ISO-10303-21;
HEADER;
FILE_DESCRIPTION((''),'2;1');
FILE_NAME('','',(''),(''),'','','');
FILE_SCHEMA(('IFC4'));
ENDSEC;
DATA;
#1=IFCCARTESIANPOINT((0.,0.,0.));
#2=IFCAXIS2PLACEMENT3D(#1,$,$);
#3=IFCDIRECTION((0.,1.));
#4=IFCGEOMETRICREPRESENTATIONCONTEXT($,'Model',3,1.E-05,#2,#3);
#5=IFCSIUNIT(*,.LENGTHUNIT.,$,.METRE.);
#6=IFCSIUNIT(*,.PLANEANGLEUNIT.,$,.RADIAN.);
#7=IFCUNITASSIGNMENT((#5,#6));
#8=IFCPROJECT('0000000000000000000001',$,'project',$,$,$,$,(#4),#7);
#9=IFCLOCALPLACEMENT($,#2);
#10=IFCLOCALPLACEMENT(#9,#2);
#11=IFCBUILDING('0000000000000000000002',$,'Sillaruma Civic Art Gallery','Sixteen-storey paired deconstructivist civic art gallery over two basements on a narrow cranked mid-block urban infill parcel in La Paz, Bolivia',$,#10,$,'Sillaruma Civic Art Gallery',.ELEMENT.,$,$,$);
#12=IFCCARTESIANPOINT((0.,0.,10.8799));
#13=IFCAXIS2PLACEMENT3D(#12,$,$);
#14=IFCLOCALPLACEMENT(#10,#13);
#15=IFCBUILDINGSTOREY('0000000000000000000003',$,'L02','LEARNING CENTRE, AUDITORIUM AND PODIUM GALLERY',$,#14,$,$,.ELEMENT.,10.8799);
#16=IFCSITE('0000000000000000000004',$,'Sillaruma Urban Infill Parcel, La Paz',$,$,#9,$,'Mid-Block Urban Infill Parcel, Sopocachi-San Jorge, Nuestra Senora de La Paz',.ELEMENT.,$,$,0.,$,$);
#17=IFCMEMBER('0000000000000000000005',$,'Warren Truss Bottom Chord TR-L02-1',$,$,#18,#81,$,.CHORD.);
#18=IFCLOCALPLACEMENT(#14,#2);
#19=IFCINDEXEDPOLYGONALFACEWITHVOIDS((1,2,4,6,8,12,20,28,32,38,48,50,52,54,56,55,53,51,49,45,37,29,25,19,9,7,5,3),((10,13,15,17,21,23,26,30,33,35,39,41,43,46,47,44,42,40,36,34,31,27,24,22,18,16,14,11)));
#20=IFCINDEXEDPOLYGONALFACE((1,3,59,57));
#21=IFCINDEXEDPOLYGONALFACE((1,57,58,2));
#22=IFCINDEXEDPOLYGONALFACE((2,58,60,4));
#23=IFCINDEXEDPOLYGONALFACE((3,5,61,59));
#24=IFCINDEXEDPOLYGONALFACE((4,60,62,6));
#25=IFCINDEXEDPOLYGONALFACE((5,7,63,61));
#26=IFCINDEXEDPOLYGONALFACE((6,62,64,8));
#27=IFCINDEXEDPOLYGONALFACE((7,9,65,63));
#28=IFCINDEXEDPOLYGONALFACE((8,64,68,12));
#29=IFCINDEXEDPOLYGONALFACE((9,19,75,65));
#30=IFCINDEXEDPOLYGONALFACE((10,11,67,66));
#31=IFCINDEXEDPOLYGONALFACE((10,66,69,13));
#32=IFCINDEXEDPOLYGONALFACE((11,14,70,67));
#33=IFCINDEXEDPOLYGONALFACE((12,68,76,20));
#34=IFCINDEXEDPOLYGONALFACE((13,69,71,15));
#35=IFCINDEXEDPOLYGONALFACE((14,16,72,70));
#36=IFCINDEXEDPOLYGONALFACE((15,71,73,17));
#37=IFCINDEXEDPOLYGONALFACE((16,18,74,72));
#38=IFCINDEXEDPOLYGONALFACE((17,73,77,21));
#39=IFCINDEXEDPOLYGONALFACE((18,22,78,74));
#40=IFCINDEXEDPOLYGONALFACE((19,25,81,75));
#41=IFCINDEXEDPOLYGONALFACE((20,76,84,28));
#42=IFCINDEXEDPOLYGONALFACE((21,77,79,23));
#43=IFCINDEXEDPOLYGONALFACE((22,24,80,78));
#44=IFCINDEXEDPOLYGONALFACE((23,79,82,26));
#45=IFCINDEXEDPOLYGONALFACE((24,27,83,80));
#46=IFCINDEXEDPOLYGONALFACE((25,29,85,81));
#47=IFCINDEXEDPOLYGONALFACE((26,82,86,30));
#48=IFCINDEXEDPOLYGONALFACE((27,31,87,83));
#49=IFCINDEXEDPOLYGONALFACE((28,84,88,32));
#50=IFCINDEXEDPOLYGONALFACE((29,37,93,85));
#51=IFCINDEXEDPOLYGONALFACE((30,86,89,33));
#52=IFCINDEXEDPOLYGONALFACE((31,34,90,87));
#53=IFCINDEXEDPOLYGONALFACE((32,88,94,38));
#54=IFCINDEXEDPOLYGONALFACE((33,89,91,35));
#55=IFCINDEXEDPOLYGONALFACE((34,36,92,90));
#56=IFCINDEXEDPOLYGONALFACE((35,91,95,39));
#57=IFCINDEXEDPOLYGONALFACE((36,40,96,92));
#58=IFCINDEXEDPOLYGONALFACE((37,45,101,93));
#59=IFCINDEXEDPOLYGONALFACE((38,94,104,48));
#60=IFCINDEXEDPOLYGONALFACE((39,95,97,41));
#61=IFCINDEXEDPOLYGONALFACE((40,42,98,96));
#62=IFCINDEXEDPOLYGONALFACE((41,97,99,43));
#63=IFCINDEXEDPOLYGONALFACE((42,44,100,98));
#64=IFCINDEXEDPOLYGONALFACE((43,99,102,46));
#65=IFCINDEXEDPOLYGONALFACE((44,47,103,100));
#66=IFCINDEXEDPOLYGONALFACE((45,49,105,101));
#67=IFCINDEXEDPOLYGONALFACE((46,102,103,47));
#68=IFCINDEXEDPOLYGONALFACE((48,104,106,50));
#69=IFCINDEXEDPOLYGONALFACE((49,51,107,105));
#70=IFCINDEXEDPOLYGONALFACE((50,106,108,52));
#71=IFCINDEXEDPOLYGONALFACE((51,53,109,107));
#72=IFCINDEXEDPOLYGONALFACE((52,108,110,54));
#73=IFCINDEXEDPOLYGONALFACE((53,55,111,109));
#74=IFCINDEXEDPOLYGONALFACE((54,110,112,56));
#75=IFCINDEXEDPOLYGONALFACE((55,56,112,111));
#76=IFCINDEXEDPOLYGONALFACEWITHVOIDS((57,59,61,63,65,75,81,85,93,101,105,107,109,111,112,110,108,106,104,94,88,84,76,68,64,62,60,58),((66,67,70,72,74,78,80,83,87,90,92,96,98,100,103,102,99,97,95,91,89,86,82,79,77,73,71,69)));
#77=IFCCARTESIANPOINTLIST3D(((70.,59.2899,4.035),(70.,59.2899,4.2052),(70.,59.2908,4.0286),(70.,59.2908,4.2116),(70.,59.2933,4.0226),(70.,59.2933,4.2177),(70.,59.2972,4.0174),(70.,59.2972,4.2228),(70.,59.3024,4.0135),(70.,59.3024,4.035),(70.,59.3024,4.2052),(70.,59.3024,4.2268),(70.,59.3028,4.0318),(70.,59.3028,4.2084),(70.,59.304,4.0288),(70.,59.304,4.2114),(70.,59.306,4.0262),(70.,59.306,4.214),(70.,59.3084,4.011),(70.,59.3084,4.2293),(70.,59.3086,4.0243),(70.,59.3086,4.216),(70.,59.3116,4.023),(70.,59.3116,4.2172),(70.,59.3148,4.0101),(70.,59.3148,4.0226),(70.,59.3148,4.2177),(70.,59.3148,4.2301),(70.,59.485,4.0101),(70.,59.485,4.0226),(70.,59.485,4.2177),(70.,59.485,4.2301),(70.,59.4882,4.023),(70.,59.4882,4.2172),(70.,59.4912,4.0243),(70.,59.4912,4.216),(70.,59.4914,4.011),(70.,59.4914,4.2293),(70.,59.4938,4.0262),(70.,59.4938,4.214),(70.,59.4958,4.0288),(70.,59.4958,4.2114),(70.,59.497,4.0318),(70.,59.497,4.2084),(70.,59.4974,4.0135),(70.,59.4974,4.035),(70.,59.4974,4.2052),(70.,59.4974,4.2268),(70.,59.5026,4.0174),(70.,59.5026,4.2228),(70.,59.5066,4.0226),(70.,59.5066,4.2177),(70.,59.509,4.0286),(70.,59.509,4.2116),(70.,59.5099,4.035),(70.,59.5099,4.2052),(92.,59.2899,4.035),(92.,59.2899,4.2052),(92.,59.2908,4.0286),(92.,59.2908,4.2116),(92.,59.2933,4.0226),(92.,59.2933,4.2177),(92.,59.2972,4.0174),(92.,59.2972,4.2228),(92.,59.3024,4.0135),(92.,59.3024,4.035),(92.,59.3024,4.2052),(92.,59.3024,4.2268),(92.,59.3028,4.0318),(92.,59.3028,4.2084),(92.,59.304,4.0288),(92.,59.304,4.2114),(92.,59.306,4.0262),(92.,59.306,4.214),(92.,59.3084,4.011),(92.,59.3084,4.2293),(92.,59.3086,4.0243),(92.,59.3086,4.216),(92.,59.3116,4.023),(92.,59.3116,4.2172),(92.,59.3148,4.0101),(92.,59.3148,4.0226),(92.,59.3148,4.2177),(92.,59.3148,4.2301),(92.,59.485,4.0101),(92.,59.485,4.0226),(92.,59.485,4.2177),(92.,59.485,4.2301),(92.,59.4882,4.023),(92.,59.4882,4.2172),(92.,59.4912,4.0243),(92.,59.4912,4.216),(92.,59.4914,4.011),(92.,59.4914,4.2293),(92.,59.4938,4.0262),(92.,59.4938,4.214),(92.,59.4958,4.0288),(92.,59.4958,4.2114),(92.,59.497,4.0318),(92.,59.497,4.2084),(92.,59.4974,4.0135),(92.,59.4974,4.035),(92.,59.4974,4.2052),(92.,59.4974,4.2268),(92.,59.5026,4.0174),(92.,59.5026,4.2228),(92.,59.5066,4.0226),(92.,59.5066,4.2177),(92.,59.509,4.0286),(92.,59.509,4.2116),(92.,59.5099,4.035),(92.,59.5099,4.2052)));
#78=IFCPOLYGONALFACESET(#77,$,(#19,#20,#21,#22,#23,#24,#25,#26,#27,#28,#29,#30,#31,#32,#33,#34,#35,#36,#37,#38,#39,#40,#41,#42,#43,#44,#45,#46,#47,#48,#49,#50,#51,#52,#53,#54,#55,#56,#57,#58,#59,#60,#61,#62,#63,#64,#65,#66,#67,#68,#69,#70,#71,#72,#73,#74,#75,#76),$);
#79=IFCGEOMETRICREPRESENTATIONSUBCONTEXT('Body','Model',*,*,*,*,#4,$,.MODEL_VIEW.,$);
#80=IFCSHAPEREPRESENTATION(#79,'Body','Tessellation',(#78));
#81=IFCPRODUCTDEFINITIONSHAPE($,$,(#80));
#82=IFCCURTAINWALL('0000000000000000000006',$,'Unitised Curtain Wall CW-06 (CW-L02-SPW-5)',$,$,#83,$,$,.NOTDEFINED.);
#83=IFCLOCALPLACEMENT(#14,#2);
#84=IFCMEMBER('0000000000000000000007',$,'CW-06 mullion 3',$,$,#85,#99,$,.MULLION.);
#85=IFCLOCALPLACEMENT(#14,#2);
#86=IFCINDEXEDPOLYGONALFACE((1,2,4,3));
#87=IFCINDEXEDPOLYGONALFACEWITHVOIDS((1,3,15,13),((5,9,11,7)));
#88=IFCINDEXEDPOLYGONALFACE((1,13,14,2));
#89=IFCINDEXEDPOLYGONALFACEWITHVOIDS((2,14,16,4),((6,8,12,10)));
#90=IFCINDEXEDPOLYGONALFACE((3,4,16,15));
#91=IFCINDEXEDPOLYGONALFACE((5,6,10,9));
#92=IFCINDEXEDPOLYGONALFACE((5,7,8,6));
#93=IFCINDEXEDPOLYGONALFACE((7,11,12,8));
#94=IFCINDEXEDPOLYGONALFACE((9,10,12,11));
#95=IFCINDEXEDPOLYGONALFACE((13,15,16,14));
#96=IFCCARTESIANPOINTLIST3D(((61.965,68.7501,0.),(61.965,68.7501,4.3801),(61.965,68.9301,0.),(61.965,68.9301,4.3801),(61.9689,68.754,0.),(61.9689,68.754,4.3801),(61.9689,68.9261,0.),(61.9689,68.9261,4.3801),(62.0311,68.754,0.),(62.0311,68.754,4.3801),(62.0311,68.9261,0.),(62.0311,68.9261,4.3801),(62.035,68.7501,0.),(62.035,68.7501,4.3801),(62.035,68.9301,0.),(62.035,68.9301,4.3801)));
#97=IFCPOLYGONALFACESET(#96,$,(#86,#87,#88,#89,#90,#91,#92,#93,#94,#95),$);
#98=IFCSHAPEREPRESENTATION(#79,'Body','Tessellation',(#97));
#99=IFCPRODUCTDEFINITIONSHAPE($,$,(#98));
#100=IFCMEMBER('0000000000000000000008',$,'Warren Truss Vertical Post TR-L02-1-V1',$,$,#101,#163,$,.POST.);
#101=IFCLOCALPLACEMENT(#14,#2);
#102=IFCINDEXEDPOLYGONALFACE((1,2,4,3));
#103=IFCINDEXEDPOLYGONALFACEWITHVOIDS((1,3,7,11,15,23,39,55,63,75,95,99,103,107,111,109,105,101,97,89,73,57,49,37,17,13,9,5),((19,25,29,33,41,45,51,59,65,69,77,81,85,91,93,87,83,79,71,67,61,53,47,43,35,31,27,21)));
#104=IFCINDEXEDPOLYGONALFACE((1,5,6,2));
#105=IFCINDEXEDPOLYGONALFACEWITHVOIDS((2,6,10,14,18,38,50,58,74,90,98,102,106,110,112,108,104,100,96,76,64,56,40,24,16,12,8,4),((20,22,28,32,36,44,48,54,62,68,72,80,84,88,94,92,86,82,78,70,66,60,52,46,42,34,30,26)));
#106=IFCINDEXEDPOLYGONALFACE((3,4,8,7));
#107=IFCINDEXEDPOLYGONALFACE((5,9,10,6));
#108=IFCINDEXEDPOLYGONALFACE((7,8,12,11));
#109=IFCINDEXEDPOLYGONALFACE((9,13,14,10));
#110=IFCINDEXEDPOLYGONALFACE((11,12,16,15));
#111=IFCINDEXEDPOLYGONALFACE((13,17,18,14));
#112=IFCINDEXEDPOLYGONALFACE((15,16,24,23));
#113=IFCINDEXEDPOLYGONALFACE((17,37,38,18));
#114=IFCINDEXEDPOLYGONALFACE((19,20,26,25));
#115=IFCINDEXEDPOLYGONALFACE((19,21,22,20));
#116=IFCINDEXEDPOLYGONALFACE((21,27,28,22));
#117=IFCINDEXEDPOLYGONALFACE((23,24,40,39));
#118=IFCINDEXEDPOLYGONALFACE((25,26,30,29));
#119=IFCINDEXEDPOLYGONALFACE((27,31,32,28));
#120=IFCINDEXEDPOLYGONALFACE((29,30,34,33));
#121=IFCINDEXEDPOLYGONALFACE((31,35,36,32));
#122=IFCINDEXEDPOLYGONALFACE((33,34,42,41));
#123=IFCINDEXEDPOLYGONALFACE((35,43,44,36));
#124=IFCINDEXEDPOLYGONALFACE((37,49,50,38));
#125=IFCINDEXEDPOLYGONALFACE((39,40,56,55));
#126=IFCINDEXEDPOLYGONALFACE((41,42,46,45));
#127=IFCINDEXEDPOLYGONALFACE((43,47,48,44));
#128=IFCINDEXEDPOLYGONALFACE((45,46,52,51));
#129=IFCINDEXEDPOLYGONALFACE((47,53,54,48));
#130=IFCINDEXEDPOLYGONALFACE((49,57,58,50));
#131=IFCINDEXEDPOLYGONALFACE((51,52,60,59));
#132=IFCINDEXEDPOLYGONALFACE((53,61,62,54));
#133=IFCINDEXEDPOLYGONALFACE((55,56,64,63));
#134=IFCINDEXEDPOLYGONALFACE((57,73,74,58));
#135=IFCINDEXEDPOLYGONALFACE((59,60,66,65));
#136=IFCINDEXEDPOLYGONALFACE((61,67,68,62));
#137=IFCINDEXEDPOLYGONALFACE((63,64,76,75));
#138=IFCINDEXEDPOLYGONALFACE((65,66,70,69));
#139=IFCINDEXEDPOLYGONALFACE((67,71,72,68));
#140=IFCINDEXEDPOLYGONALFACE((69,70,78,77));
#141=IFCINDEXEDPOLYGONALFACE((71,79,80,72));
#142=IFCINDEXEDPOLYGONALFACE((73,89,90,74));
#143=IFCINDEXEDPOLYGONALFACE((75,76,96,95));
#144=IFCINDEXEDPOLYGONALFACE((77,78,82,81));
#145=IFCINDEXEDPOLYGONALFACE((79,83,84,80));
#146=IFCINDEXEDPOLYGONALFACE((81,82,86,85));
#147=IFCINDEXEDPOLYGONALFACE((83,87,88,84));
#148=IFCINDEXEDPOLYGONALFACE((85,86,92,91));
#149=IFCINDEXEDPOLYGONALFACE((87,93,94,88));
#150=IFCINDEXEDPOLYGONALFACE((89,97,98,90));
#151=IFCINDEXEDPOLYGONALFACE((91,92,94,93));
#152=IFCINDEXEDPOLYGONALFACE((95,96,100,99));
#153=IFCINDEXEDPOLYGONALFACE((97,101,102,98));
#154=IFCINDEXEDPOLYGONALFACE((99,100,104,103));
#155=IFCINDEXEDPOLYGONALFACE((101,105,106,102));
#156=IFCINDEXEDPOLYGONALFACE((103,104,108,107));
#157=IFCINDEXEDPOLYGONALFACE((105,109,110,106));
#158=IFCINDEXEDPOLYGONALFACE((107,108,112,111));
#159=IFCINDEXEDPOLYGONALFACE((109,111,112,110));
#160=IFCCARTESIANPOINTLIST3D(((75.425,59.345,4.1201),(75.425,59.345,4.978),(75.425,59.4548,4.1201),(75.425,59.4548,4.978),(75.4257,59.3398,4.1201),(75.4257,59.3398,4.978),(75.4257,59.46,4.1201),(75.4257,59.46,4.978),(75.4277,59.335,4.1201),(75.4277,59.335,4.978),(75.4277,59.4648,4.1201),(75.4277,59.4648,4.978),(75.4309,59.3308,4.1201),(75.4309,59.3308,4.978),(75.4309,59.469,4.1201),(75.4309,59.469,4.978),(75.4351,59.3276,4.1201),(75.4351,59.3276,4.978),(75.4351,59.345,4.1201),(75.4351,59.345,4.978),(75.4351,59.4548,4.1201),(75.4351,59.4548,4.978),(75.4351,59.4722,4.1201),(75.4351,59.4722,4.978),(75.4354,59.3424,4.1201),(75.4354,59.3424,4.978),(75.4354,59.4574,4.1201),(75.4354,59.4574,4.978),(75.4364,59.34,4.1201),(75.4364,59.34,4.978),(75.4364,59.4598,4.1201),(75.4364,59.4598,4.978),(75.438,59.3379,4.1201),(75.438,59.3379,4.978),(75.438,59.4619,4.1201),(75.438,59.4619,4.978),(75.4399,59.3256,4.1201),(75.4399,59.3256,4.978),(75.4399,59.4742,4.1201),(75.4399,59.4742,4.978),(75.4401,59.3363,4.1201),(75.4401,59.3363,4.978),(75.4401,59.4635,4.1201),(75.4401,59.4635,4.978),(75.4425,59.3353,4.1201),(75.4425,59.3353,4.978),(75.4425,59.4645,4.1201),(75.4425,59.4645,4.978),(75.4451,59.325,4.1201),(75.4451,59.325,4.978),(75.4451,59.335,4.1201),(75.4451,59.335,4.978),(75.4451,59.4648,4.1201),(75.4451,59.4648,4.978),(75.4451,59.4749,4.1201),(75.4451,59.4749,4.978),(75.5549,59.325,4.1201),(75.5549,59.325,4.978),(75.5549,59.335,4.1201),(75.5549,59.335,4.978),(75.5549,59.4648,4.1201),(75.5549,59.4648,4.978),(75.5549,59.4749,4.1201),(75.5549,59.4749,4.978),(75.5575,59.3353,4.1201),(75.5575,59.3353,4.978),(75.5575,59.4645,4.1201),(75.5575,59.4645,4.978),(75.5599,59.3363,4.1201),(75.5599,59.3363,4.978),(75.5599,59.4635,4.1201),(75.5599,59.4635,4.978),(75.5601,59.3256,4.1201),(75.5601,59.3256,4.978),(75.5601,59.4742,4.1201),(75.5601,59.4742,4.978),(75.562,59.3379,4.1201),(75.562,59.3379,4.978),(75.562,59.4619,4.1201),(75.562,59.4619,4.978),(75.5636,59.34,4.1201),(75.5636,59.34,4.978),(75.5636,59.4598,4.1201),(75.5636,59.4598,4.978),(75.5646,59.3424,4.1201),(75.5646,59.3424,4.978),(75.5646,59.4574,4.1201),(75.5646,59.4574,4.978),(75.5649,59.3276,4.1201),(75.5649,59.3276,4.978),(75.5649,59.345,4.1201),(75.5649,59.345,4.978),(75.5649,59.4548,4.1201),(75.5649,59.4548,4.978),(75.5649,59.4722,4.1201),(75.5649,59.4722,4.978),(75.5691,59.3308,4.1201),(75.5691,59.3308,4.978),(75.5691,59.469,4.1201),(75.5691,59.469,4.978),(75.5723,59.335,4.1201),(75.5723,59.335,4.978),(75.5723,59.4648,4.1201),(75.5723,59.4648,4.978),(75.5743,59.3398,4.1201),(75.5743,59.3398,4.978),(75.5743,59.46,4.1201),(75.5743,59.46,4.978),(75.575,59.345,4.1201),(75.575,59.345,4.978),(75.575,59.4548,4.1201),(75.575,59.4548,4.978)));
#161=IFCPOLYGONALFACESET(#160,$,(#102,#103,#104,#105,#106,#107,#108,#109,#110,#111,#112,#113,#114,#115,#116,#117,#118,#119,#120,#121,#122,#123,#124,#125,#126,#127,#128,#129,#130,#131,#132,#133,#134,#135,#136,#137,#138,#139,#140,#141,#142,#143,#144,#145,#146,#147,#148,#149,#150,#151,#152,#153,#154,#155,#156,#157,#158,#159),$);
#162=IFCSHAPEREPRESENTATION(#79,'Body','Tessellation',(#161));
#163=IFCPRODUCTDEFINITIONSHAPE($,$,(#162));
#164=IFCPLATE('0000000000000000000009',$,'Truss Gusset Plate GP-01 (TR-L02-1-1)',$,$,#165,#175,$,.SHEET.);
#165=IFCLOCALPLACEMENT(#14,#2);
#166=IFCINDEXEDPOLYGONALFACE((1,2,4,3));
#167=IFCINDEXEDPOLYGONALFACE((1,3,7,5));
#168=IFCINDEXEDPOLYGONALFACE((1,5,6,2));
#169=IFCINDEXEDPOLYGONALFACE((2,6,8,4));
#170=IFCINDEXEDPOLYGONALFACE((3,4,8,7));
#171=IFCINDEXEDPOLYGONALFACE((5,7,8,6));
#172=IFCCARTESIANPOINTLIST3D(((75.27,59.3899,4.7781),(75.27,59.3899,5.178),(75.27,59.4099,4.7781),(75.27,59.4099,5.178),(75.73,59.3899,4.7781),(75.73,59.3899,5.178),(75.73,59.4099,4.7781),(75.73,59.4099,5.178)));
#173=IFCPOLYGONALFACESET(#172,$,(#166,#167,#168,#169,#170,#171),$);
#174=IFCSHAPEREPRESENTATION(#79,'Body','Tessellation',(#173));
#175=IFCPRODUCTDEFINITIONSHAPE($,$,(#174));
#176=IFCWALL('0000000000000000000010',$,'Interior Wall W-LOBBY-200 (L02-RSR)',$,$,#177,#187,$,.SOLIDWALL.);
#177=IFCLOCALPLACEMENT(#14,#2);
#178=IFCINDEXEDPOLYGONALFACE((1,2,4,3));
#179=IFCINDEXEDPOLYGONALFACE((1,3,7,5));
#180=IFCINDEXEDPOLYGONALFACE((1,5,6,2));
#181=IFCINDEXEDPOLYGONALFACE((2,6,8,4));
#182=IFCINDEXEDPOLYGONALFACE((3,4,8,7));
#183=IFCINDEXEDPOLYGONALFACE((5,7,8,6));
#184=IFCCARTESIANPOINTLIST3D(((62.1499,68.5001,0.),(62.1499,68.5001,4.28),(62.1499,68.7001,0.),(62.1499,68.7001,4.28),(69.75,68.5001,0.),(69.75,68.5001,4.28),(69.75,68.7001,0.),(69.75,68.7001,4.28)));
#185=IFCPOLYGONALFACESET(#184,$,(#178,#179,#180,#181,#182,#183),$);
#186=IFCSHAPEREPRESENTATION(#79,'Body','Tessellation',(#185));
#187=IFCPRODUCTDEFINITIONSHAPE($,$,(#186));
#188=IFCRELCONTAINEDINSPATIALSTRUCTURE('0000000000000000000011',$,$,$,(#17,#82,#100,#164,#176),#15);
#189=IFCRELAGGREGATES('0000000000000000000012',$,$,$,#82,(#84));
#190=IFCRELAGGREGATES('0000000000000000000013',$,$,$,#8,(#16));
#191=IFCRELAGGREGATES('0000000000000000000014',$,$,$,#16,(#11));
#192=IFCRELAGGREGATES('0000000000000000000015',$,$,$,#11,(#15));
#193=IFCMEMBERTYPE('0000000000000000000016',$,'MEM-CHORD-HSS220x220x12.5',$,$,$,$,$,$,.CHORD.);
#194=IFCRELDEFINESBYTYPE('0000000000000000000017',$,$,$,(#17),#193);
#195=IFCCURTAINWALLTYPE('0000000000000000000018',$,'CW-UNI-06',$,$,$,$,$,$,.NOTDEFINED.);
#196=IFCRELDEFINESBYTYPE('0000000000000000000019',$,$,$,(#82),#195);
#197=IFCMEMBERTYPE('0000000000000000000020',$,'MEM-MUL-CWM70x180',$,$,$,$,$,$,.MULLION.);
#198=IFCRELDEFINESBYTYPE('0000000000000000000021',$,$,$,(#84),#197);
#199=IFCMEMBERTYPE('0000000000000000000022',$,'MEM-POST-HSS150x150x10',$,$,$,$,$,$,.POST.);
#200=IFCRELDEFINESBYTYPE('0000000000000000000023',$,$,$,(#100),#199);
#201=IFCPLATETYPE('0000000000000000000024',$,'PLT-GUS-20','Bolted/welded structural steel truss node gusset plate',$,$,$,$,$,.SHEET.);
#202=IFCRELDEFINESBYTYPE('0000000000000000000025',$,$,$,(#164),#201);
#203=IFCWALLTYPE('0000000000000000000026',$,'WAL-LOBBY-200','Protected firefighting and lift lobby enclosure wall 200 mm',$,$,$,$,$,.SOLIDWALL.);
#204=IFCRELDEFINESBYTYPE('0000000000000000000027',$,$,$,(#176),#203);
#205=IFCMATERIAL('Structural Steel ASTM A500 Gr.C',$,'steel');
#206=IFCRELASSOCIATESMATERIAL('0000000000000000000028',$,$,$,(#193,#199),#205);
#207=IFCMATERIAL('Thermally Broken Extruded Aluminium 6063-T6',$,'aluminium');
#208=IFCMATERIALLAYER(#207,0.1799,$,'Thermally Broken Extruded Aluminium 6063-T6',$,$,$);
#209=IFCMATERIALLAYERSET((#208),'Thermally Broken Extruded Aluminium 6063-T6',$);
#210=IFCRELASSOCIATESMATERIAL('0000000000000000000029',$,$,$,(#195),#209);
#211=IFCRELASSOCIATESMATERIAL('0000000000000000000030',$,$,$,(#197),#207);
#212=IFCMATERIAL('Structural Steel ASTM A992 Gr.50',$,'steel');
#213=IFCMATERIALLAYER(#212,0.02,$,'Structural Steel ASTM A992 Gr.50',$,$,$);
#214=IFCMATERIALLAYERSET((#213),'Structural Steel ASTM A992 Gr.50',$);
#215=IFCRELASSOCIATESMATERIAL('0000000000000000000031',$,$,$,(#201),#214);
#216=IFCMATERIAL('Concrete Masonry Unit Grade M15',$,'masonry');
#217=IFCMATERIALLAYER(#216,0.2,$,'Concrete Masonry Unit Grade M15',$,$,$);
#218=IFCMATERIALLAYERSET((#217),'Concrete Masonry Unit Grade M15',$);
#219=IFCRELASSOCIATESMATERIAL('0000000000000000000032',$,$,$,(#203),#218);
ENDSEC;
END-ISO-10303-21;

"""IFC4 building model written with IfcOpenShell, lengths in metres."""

from ifc_helpers import new_model, si_unit, direction, frame, frame_2d, origin, origin_2d, place, context, subcontext, project, spatial, rectangle, hollow_rectangle, extrude, material, layer, layer_set, material_profile, profile_set, type_object, element, aggregate, save


model = new_model("IFC4")

# Units and contexts
model_context = context("Model", 3, precision=1e-05, world=origin(), true_north=direction((0.0, 1.0)))
body_context = subcontext(model_context, "Body", "Model", "MODEL_VIEW")
ifc_project = project(units=[si_unit("LENGTHUNIT", "METRE"), si_unit("PLANEANGLEUNIT", "RADIAN")], contexts=[model_context])

# Site, building, storey
site_placement = place(None, origin())
site = spatial("IfcSite", under=ifc_project, at=site_placement, Name="Sillaruma Urban Infill Parcel, La Paz", LongName="Mid-Block Urban Infill Parcel, Sopocachi-San Jorge, Nuestra Senora de La Paz", CompositionType="ELEMENT", RefElevation=0.0)
building_placement = place(site_placement, origin())
building = spatial("IfcBuilding", under=site, at=building_placement, Name="Sillaruma Civic Art Gallery", Description="Sixteen-storey paired deconstructivist civic art gallery over two basements on a narrow cranked mid-block urban infill parcel in La Paz, Bolivia", LongName="Sillaruma Civic Art Gallery", CompositionType="ELEMENT")
storey_placement = place(building_placement, frame((0.0, 0.0, 10.8799)))
storey = spatial("IfcBuildingStorey", under=building, at=storey_placement, Name="L02", Description="LEARNING CENTRE, AUDITORIUM AND PODIUM GALLERY", CompositionType="ELEMENT", Elevation=10.8799)

# Shared definitions
ifc_material_1 = material(Name="Structural Steel ASTM A992 Gr.50", Category="steel")

# Member
ifc_material_2 = material(Name="Structural Steel ASTM A500 Gr.C", Category="steel")
ifc_material_profile_1 = material_profile(ifc_material_2, hollow_rectangle(XDim=0.22, YDim=0.22, WallThickness=0.0125, InnerFilletRadius=0.0125, OuterFilletRadius=0.0249, at=origin_2d()), Name="HSS220x220x12.5")
ifc_profile_set_1 = profile_set([ifc_material_profile_1], Name="Structural Steel ASTM A500 Gr.C")
member_type_1 = type_object("IfcMemberType", Name="MEM-CHORD-HSS220x220x12.5", PredefinedType="CHORD", material=ifc_profile_set_1)
member_1_placement = place(storey_placement, frame((70.0, 59.3999, 4.1201), z_axis=(1.0, 0.0, 0.0), x_axis=(0.0, 1.0, 0.0)))
element("IfcMember", 1, at=member_1_placement, inside=storey, type_object=member_type_1, Name="Warren Truss Bottom Chord TR-L02-1", PredefinedType="CHORD", context=body_context, shape_type="SweptSolid", body=[
    extrude(hollow_rectangle(XDim=0.22, YDim=0.22, WallThickness=0.0125, InnerFilletRadius=0.0125, OuterFilletRadius=0.0249, at=origin_2d()), origin(), (0.0, 0.0, 1.0), 22.0),
])

# Curtain wall, member
ifc_material_3 = material(Name="Thermally Broken Extruded Aluminium 6063-T6", Category="aluminium")
ifc_layer_1 = layer(ifc_material_3, 0.1799, Name="Thermally Broken Extruded Aluminium 6063-T6")
ifc_layer_set_1 = layer_set([ifc_layer_1], Name="Thermally Broken Extruded Aluminium 6063-T6")
curtain_wall_type = type_object("IfcCurtainWallType", Name="CW-UNI-06", PredefinedType="NOTDEFINED", material=ifc_layer_set_1)
curtain_wall_placement = place(storey_placement, origin())
curtain_wall = element("IfcCurtainWall", 2, at=curtain_wall_placement, inside=storey, type_object=curtain_wall_type, Name="Unitised Curtain Wall CW-06 (CW-L02-SPW-5)", PredefinedType="NOTDEFINED")
ifc_material_profile_2 = material_profile(ifc_material_3, hollow_rectangle(XDim=0.0701, YDim=0.1799, WallThickness=0.0039, at=origin_2d()), Name="CWM70x180")
ifc_profile_set_2 = profile_set([ifc_material_profile_2], Name="Thermally Broken Extruded Aluminium 6063-T6")
member_type_2 = type_object("IfcMemberType", Name="MEM-MUL-CWM70x180", PredefinedType="MULLION", material=ifc_profile_set_2)
member_2_placement = place(storey_placement, frame((62.0, 68.8401, 0.0), z_axis=(0.0, 0.0, 1.0), x_axis=(-1.0, 0.0, 0.0)))
member_2 = element("IfcMember", 3, at=member_2_placement, type_object=member_type_2, Name="CW-06 mullion 3", PredefinedType="MULLION", context=body_context, shape_type="SweptSolid", body=[
    extrude(hollow_rectangle(XDim=0.0701, YDim=0.1799, WallThickness=0.0039, at=origin_2d()), origin(), (0.0, 0.0, 1.0), 4.3801),
])
aggregate(curtain_wall, [member_2])

# Member
ifc_material_profile_3 = material_profile(ifc_material_2, hollow_rectangle(XDim=0.1499, YDim=0.1499, WallThickness=0.01, InnerFilletRadius=0.01, OuterFilletRadius=0.02, at=origin_2d()), Name="HSS150x150x10")
ifc_profile_set_3 = profile_set([ifc_material_profile_3], Name="Structural Steel ASTM A500 Gr.C")
member_type_3 = type_object("IfcMemberType", Name="MEM-POST-HSS150x150x10", PredefinedType="POST", material=ifc_profile_set_3)
member_3_placement = place(storey_placement, frame((75.5, 59.3999, 4.1201), z_axis=(0.0, 0.0, 1.0), x_axis=(1.0, 0.0, 0.0)))
element("IfcMember", 4, at=member_3_placement, inside=storey, type_object=member_type_3, Name="Warren Truss Vertical Post TR-L02-1-V1", PredefinedType="POST", context=body_context, shape_type="SweptSolid", body=[
    extrude(hollow_rectangle(XDim=0.1499, YDim=0.1499, WallThickness=0.01, InnerFilletRadius=0.01, OuterFilletRadius=0.02, at=origin_2d()), origin(), (0.0, 0.0, 1.0), 0.8579),
])

# Plate
ifc_layer_2 = layer(ifc_material_1, 0.02, Name="Structural Steel ASTM A992 Gr.50")
ifc_layer_set_2 = layer_set([ifc_layer_2], Name="Structural Steel ASTM A992 Gr.50")
plate_type = type_object("IfcPlateType", Name="PLT-GUS-20", Description="Bolted/welded structural steel truss node gusset plate", PredefinedType="SHEET", material=ifc_layer_set_2)
plate_placement = place(storey_placement, frame((75.5, 59.3999, 4.7781), z_axis=(0.0, 0.0, 1.0), x_axis=(1.0, 0.0, 0.0)))
element("IfcPlate", 5, at=plate_placement, inside=storey, type_object=plate_type, Name="Truss Gusset Plate GP-01 (TR-L02-1-1)", PredefinedType="SHEET", context=body_context, shape_type="SweptSolid", body=[
    extrude(rectangle(XDim=0.46, YDim=0.02, at=origin_2d()), origin(), (0.0, 0.0, 1.0), 0.3999),
])

# Wall
ifc_material_4 = material(Name="Concrete Masonry Unit Grade M15", Category="masonry")
ifc_layer_3 = layer(ifc_material_4, 0.2, Name="Concrete Masonry Unit Grade M15")
ifc_layer_set_3 = layer_set([ifc_layer_3], Name="Concrete Masonry Unit Grade M15")
wall_type_1 = type_object("IfcWallType", Name="WAL-LOBBY-200", Description="Protected firefighting and lift lobby enclosure wall 200 mm", PredefinedType="SOLIDWALL", material=ifc_layer_set_3)
wall_1_placement = place(storey_placement, frame((62.1499, 68.6001, 0.0), z_axis=(0.0, 0.0, 1.0), x_axis=(1.0, 0.0, 0.0)))
element("IfcWall", 6, at=wall_1_placement, inside=storey, type_object=wall_type_1, Name="Interior Wall W-LOBBY-200 (L02-RSR)", PredefinedType="SOLIDWALL", context=body_context, shape_type="SweptSolid", body=[
    extrude(rectangle(XDim=7.6001, YDim=0.2, at=frame_2d((3.8, 0.0))), origin(), (0.0, 0.0, 1.0), 4.28),
])

save(model, "model.ifc")
